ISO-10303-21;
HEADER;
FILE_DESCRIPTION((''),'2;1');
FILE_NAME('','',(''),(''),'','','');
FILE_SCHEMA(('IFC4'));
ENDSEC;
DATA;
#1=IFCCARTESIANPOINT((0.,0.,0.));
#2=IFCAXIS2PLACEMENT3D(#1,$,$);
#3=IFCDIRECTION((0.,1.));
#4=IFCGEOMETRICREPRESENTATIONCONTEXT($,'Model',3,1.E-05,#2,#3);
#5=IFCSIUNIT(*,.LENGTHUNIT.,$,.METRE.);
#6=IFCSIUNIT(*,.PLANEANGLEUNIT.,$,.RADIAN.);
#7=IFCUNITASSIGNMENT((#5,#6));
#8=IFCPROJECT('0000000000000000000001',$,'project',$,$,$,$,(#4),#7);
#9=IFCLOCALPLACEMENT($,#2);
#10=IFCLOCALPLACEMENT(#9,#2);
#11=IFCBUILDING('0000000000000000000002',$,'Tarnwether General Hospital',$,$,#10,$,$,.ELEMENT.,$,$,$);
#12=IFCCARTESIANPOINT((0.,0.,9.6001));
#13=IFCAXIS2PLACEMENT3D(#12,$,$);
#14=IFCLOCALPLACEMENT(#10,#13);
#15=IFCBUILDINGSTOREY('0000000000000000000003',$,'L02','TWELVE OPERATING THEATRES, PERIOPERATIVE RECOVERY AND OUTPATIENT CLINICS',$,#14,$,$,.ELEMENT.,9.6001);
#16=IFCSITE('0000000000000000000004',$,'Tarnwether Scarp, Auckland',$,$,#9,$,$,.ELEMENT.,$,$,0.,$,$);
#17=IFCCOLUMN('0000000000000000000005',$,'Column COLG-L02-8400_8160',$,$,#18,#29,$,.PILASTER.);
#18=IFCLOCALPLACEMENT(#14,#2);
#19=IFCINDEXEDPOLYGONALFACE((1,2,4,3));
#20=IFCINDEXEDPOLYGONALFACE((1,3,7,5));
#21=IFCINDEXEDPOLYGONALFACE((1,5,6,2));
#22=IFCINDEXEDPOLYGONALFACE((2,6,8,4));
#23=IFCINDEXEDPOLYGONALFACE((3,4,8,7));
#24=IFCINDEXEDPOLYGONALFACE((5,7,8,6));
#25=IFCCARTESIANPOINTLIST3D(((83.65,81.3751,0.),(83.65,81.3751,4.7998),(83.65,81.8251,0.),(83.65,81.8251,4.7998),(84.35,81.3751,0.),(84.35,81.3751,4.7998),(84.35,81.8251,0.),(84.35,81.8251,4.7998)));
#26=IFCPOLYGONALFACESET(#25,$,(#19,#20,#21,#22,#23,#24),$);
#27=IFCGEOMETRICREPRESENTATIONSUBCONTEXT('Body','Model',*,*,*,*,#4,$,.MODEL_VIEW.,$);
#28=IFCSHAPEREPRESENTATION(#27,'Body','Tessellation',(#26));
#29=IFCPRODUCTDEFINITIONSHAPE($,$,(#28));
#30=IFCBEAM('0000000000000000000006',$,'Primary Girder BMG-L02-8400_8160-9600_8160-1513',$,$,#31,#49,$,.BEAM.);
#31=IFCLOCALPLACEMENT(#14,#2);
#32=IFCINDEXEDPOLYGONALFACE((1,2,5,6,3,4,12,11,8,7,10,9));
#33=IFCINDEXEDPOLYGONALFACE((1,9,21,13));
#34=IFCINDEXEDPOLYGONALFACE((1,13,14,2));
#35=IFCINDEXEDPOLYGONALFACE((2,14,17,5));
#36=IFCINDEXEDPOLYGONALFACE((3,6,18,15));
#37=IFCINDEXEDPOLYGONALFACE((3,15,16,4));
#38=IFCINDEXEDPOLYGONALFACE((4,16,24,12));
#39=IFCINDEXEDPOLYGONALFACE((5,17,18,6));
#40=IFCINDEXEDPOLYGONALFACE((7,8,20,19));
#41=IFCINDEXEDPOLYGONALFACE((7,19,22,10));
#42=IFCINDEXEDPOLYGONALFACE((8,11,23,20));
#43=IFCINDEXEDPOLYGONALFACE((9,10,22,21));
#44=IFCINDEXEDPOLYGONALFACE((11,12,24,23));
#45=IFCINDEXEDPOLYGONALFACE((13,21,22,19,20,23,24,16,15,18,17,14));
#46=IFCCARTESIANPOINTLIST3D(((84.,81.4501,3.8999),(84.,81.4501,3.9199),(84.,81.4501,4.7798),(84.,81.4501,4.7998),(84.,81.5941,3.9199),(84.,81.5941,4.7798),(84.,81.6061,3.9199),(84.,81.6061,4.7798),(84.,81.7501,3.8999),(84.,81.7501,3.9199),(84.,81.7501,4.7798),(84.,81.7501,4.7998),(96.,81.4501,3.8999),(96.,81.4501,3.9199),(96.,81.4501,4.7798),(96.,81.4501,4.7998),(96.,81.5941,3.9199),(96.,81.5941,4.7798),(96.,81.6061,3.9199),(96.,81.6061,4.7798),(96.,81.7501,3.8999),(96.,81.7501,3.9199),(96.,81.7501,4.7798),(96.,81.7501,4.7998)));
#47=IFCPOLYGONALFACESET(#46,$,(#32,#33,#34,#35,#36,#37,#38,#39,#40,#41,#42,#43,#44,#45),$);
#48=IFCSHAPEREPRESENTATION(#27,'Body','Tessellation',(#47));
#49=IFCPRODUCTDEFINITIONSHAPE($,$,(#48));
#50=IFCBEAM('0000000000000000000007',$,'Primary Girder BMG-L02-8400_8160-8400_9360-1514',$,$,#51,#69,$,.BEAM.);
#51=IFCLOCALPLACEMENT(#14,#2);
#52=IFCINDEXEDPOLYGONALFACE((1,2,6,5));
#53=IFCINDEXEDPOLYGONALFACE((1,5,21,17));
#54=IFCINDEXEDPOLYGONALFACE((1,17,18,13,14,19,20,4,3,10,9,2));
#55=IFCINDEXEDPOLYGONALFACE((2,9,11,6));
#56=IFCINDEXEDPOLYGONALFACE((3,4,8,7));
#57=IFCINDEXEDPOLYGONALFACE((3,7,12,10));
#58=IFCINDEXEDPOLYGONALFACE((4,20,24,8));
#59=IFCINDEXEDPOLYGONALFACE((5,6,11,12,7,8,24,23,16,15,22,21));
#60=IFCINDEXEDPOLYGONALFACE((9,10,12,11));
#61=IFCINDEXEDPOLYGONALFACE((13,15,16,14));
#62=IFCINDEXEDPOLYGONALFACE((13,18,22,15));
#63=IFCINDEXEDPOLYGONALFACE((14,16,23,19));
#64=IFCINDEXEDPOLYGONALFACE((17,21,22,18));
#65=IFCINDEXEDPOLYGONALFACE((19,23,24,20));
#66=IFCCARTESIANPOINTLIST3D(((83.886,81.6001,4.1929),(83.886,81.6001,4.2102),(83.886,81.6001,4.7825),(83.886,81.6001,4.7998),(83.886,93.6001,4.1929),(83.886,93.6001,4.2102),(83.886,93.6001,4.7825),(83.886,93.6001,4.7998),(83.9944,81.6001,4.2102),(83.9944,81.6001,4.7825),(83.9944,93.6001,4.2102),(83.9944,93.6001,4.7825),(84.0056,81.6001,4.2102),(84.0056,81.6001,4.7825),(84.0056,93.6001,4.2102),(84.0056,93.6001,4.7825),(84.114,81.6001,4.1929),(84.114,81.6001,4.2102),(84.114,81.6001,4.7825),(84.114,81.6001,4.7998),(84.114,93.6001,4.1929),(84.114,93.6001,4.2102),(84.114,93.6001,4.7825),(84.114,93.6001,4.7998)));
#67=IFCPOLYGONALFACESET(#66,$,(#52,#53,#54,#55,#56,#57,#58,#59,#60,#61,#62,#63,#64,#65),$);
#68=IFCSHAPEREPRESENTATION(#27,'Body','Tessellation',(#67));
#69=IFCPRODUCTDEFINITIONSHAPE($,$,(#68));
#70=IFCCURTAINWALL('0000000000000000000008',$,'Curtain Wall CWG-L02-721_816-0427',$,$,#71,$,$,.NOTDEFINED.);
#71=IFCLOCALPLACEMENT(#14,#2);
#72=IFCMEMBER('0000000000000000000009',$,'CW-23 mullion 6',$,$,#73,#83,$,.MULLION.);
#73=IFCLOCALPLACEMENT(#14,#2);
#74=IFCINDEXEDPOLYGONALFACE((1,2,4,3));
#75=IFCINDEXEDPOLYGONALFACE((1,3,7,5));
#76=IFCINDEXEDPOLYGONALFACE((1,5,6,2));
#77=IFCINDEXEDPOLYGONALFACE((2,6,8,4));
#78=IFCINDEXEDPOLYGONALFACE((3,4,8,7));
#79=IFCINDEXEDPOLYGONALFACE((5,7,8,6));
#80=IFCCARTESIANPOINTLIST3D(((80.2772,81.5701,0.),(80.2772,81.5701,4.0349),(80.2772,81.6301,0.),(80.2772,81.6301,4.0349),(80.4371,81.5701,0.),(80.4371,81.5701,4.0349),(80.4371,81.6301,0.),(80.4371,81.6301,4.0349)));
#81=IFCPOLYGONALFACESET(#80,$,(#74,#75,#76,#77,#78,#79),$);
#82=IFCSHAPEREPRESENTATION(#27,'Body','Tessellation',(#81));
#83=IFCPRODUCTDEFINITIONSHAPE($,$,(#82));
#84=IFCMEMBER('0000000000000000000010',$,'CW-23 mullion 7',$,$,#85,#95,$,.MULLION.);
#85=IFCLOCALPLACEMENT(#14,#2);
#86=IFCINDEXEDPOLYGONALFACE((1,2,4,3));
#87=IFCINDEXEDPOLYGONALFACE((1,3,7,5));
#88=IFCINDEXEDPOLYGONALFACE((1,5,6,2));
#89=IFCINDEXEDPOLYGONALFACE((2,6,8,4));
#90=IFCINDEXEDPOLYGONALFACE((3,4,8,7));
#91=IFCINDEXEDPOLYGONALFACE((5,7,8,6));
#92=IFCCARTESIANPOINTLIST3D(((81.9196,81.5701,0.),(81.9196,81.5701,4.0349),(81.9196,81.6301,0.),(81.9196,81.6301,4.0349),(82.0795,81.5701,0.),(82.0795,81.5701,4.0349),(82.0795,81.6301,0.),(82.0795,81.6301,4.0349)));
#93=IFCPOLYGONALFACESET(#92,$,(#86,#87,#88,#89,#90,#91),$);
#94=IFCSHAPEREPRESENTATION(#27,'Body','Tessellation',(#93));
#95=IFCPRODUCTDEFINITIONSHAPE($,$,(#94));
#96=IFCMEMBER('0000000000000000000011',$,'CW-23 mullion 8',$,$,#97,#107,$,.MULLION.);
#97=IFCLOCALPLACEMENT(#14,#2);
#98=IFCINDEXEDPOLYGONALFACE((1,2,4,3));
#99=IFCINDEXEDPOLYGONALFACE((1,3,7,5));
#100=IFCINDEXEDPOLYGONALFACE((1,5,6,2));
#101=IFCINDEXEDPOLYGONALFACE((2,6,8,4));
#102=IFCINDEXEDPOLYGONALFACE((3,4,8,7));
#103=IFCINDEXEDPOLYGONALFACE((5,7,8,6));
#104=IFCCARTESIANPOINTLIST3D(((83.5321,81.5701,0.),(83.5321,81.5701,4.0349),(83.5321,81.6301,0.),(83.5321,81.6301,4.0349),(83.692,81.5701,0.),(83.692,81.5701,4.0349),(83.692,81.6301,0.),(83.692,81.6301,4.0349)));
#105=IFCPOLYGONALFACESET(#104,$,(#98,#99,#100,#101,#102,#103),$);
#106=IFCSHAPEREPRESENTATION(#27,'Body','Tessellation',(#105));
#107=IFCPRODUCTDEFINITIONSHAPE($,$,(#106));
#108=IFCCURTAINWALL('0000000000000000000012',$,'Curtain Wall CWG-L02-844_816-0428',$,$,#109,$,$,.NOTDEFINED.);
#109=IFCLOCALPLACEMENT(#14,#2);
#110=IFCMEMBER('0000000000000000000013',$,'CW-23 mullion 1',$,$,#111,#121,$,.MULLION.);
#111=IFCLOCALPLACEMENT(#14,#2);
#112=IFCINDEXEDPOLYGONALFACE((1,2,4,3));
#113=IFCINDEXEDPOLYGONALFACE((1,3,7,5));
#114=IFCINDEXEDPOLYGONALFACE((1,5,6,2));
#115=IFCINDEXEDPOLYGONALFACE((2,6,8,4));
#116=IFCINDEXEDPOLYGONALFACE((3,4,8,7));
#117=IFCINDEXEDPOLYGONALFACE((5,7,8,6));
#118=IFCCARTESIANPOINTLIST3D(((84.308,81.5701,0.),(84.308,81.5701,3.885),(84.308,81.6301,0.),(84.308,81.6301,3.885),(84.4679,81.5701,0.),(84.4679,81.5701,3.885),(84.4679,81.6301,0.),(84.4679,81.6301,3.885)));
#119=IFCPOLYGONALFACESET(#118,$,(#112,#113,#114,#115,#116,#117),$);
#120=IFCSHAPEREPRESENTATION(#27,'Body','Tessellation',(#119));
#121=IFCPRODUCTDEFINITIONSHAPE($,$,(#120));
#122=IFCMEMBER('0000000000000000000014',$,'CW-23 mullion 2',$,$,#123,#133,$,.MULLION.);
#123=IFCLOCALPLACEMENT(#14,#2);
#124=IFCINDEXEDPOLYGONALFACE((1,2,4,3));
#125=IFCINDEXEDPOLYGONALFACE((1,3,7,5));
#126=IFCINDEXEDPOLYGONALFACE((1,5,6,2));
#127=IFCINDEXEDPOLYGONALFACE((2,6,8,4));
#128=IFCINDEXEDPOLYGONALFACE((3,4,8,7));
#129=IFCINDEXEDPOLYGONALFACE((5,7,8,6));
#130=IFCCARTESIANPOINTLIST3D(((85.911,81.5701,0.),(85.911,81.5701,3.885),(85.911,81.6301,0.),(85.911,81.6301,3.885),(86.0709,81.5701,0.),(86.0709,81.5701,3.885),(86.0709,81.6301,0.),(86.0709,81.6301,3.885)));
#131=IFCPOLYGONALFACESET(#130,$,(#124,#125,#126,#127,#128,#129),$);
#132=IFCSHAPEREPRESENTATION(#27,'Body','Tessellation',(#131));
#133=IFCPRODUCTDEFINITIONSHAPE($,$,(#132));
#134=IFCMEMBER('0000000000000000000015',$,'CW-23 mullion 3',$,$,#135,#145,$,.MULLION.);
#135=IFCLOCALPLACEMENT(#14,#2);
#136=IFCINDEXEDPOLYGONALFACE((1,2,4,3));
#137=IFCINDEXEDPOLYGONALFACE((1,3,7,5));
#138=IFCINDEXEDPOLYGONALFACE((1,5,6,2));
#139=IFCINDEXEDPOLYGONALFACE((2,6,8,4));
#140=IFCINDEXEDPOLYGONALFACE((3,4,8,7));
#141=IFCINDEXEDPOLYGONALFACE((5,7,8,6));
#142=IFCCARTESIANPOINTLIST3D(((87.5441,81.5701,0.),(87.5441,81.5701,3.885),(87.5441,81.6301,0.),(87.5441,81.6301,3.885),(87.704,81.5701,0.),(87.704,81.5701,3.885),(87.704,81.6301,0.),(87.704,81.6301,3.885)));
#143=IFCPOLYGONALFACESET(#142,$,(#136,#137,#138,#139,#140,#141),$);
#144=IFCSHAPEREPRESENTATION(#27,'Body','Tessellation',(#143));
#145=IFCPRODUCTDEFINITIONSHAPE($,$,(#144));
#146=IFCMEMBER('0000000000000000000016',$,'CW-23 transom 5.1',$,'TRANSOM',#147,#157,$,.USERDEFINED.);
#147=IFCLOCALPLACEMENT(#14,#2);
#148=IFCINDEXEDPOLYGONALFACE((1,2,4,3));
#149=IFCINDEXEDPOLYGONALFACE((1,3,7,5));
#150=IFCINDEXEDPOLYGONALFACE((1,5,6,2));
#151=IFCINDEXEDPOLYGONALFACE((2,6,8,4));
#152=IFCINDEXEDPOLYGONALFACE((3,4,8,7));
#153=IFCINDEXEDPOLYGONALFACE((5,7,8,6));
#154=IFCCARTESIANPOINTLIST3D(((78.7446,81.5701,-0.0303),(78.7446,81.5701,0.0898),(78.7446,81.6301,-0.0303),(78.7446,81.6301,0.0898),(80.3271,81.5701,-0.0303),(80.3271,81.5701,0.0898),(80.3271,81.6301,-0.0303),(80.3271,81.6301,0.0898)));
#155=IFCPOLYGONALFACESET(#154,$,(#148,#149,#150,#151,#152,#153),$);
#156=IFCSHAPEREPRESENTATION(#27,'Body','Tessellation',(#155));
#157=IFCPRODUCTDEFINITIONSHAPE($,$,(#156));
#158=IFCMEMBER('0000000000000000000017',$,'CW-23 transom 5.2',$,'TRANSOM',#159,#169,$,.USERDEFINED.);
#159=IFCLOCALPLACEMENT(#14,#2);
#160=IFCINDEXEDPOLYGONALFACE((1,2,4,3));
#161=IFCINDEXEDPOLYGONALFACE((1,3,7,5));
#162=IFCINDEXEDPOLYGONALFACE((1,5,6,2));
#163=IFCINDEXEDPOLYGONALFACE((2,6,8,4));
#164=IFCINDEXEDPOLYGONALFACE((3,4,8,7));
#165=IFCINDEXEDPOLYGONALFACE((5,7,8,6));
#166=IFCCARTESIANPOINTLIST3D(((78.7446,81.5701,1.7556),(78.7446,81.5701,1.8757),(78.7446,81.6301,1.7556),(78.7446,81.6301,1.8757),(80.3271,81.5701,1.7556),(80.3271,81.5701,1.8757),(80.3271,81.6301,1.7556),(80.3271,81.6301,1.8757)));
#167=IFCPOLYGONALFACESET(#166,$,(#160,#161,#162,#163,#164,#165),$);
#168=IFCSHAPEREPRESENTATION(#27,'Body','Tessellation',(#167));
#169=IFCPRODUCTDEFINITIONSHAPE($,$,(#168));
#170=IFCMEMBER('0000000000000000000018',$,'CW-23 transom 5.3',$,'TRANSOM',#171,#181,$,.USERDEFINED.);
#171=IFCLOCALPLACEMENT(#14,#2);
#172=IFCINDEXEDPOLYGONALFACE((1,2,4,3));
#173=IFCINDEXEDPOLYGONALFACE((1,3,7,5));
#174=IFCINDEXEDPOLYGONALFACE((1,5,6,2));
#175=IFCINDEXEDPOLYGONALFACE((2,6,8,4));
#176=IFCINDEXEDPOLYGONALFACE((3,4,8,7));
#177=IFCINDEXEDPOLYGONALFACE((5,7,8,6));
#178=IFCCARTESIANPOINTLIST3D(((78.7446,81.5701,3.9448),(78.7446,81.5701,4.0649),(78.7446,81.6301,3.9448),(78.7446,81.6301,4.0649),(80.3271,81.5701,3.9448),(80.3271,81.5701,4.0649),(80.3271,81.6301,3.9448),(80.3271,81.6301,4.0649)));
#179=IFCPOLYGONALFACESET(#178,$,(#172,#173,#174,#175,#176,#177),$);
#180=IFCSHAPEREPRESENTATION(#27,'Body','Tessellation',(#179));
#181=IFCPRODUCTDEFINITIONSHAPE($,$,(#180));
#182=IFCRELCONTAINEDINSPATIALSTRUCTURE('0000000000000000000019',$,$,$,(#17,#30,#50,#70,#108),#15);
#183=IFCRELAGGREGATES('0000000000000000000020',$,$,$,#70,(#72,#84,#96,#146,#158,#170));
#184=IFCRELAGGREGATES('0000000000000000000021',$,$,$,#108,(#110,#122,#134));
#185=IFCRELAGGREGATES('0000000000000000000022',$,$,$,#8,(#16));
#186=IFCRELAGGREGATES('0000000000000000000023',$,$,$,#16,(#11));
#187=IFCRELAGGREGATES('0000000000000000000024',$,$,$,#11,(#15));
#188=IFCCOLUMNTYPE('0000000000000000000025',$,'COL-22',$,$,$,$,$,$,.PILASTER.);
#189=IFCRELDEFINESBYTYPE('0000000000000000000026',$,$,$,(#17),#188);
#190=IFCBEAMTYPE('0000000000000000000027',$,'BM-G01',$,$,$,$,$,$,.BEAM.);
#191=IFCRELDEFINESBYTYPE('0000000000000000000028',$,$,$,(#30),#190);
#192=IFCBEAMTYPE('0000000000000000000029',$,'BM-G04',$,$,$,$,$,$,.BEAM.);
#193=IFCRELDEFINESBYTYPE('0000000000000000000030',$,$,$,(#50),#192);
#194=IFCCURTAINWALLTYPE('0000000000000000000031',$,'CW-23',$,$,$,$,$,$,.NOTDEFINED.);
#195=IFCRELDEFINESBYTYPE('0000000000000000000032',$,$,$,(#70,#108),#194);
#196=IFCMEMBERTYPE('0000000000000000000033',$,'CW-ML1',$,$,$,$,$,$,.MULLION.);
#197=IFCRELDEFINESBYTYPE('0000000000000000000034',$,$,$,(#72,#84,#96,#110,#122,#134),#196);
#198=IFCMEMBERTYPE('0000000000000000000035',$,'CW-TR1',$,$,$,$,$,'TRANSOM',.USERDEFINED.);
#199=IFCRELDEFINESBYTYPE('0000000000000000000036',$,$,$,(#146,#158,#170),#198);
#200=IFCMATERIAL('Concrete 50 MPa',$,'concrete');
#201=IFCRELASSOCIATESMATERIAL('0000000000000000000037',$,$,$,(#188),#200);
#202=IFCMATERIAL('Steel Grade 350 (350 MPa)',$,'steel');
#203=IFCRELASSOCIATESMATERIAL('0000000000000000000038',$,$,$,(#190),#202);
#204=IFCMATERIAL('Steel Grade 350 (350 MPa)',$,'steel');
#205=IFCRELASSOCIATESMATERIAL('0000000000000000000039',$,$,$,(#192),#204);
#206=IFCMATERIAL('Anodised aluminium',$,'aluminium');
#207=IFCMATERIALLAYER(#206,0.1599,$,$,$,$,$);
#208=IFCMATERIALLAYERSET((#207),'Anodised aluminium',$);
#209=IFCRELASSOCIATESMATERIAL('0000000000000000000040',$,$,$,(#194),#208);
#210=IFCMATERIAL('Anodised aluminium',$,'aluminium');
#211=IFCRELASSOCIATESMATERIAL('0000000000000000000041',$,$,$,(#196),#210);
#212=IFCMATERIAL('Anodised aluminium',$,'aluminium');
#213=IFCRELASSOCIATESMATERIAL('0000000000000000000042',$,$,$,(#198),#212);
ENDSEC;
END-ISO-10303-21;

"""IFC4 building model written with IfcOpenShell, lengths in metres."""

from ifc_helpers import new_model, si_unit, direction, frame, origin, origin_2d, place, context, subcontext, project, spatial, rectangle, i_section, extrude, material, layer, layer_set, material_profile, profile_set, type_object, element, aggregate, save


model = new_model("IFC4")

# Units and contexts
model_context = context("Model", 3, precision=1e-05, world=origin(), true_north=direction((0.0, 1.0)))
body_context = subcontext(model_context, "Body", "Model", "MODEL_VIEW")
ifc_project = project(units=[si_unit("LENGTHUNIT", "METRE"), si_unit("PLANEANGLEUNIT", "RADIAN")], contexts=[model_context])

# Site, building, storey
site_placement = place(None, origin())
site = spatial("IfcSite", under=ifc_project, at=site_placement, Name="Tarnwether Scarp, Auckland", CompositionType="ELEMENT", RefElevation=0.0)
building_placement = place(site_placement, origin())
building = spatial("IfcBuilding", under=site, at=building_placement, Name="Tarnwether General Hospital", CompositionType="ELEMENT")
storey_placement = place(building_placement, frame((0.0, 0.0, 9.6001)))
storey = spatial("IfcBuildingStorey", under=building, at=storey_placement, Name="L02", Description="TWELVE OPERATING THEATRES, PERIOPERATIVE RECOVERY AND OUTPATIENT CLINICS", CompositionType="ELEMENT", Elevation=9.6001)

# Column
ifc_material_1 = material(Name="Concrete 50 MPa", Category="concrete")
ifc_material_profile_1 = material_profile(ifc_material_1, rectangle(XDim=0.45, YDim=0.7, at=origin_2d()), Name="RC-PIL-450x700")
ifc_profile_set_1 = profile_set([ifc_material_profile_1], Name="Concrete 50 MPa")
column_type = type_object("IfcColumnType", Name="COL-22", PredefinedType="PILASTER", material=ifc_profile_set_1)
column_placement = place(storey_placement, frame((84.0, 81.6001, 0.0), z_axis=(0.0, 0.0, 1.0), x_axis=(0.0, 1.0, 0.0)))
element("IfcColumn", 1, at=column_placement, inside=storey, type_object=column_type, Name="Column COLG-L02-8400_8160", PredefinedType="PILASTER", context=body_context, shape_type="SweptSolid", body=[
    extrude(rectangle(XDim=0.45, YDim=0.7, at=origin_2d()), origin(), (0.0, 0.0, 1.0), 4.7998),
])

# Beams
ifc_material_2 = material(Name="Steel Grade 350 (350 MPa)", Category="steel")
ifc_material_profile_2 = material_profile(ifc_material_2, i_section(OverallWidth=0.3, OverallDepth=0.8999, WebThickness=0.012, FlangeThickness=0.02, at=origin_2d()), Name="900WB175")
ifc_profile_set_2 = profile_set([ifc_material_profile_2], Name="Steel Grade 350 (350 MPa)")
beam_type_1 = type_object("IfcBeamType", Name="BM-G01", PredefinedType="BEAM", material=ifc_profile_set_2)
beam_1_placement = place(storey_placement, frame((84.0, 81.6001, 4.3499), z_axis=(1.0, 0.0, 0.0), x_axis=(0.0, 1.0, 0.0)))
element("IfcBeam", 2, at=beam_1_placement, inside=storey, type_object=beam_type_1, Name="Primary Girder BMG-L02-8400_8160-9600_8160-1513", PredefinedType="BEAM", context=body_context, shape_type="SweptSolid", body=[
    extrude(i_section(OverallWidth=0.3, OverallDepth=0.8999, WebThickness=0.012, FlangeThickness=0.02, at=origin_2d()), origin(), (0.0, 0.0, 1.0), 12.0),
])
ifc_material_3 = material(Name="Steel Grade 350 (350 MPa)", Category="steel")
ifc_material_profile_3 = material_profile(ifc_material_3, i_section(OverallWidth=0.228, OverallDepth=0.6069, WebThickness=0.0112, FlangeThickness=0.0173, at=origin_2d()), Name="610UB113")
ifc_profile_set_3 = profile_set([ifc_material_profile_3], Name="Steel Grade 350 (350 MPa)")
beam_type_2 = type_object("IfcBeamType", Name="BM-G04", PredefinedType="BEAM", material=ifc_profile_set_3)
beam_2_placement = place(storey_placement, frame((84.0, 81.6001, 4.4963), z_axis=(0.0, 1.0, 0.0), x_axis=(-1.0, 0.0, 0.0)))
element("IfcBeam", 3, at=beam_2_placement, inside=storey, type_object=beam_type_2, Name="Primary Girder BMG-L02-8400_8160-8400_9360-1514", PredefinedType="BEAM", context=body_context, shape_type="SweptSolid", body=[
    extrude(i_section(OverallWidth=0.228, OverallDepth=0.6069, WebThickness=0.0112, FlangeThickness=0.0173, at=origin_2d()), origin(), (0.0, 0.0, 1.0), 12.0),
])

# Curtain walls, members
ifc_material_4 = material(Name="Anodised aluminium", Category="aluminium")
ifc_layer_1 = layer(ifc_material_4, 0.1599)
ifc_layer_set_1 = layer_set([ifc_layer_1], Name="Anodised aluminium")
curtain_wall_type = type_object("IfcCurtainWallType", Name="CW-23", PredefinedType="NOTDEFINED", material=ifc_layer_set_1)
curtain_wall_1_placement = place(storey_placement, origin())
curtain_wall_1 = element("IfcCurtainWall", 4, at=curtain_wall_1_placement, inside=storey, type_object=curtain_wall_type, Name="Curtain Wall CWG-L02-721_816-0427", PredefinedType="NOTDEFINED")
ifc_material_5 = material(Name="Anodised aluminium", Category="aluminium")
ifc_material_profile_4 = material_profile(ifc_material_5, rectangle(XDim=0.0601, YDim=0.1599, at=origin_2d()), Name="ALU-MUL-60x160")
ifc_profile_set_4 = profile_set([ifc_material_profile_4], Name="Anodised aluminium")
member_type_1 = type_object("IfcMemberType", Name="CW-ML1", PredefinedType="MULLION", material=ifc_profile_set_4)
member_1_placement = place(storey_placement, frame((80.3572, 81.6001, 0.0), z_axis=(0.0, 0.0, 1.0), x_axis=(0.0, 1.0, 0.0)))
member_1 = element("IfcMember", 5, at=member_1_placement, type_object=member_type_1, Name="CW-23 mullion 6", PredefinedType="MULLION", context=body_context, shape_type="SweptSolid", body=[
    extrude(rectangle(XDim=0.0601, YDim=0.1599, at=origin_2d()), origin(), (0.0, 0.0, 1.0), 4.0349),
])
member_2_placement = place(storey_placement, frame((81.9995, 81.6001, 0.0), z_axis=(0.0, 0.0, 1.0), x_axis=(0.0, 1.0, 0.0)))
member_2 = element("IfcMember", 6, at=member_2_placement, type_object=member_type_1, Name="CW-23 mullion 7", PredefinedType="MULLION", context=body_context, shape_type="SweptSolid", body=[
    extrude(rectangle(XDim=0.0601, YDim=0.1599, at=origin_2d()), origin(), (0.0, 0.0, 1.0), 4.0349),
])
member_3_placement = place(storey_placement, frame((83.6121, 81.6001, 0.0), z_axis=(0.0, 0.0, 1.0), x_axis=(0.0, 1.0, 0.0)))
member_3 = element("IfcMember", 7, at=member_3_placement, type_object=member_type_1, Name="CW-23 mullion 8", PredefinedType="MULLION", context=body_context, shape_type="SweptSolid", body=[
    extrude(rectangle(XDim=0.0601, YDim=0.1599, at=origin_2d()), origin(), (0.0, 0.0, 1.0), 4.0349),
])
curtain_wall_2_placement = place(storey_placement, origin())
curtain_wall_2 = element("IfcCurtainWall", 8, at=curtain_wall_2_placement, inside=storey, type_object=curtain_wall_type, Name="Curtain Wall CWG-L02-844_816-0428", PredefinedType="NOTDEFINED")
member_4_placement = place(storey_placement, frame((84.3879, 81.6001, 0.0), z_axis=(0.0, 0.0, 1.0), x_axis=(0.0, 1.0, 0.0)))
member_4 = element("IfcMember", 9, at=member_4_placement, type_object=member_type_1, Name="CW-23 mullion 1", PredefinedType="MULLION", context=body_context, shape_type="SweptSolid", body=[
    extrude(rectangle(XDim=0.0601, YDim=0.1599, at=origin_2d()), origin(), (0.0, 0.0, 1.0), 3.885),
])
member_5_placement = place(storey_placement, frame((85.991, 81.6001, 0.0), z_axis=(0.0, 0.0, 1.0), x_axis=(0.0, 1.0, 0.0)))
member_5 = element("IfcMember", 10, at=member_5_placement, type_object=member_type_1, Name="CW-23 mullion 2", PredefinedType="MULLION", context=body_context, shape_type="SweptSolid", body=[
    extrude(rectangle(XDim=0.0601, YDim=0.1599, at=origin_2d()), origin(), (0.0, 0.0, 1.0), 3.885),
])
member_6_placement = place(storey_placement, frame((87.624, 81.6001, 0.0), z_axis=(0.0, 0.0, 1.0), x_axis=(0.0, 1.0, 0.0)))
member_6 = element("IfcMember", 11, at=member_6_placement, type_object=member_type_1, Name="CW-23 mullion 3", PredefinedType="MULLION", context=body_context, shape_type="SweptSolid", body=[
    extrude(rectangle(XDim=0.0601, YDim=0.1599, at=origin_2d()), origin(), (0.0, 0.0, 1.0), 3.885),
])

# Members
ifc_material_6 = material(Name="Anodised aluminium", Category="aluminium")
ifc_material_profile_5 = material_profile(ifc_material_6, rectangle(XDim=0.0601, YDim=0.1201, at=origin_2d()), Name="ALU-TRN-60x120")
ifc_profile_set_5 = profile_set([ifc_material_profile_5], Name="Anodised aluminium")
member_type_2 = type_object("IfcMemberType", Name="CW-TR1", ElementType="TRANSOM", PredefinedType="USERDEFINED", material=ifc_profile_set_5)
member_7_placement = place(storey_placement, frame((78.7446, 81.6001, 0.0298), z_axis=(1.0, 0.0, 0.0), x_axis=(0.0, 1.0, 0.0)))
member_7 = element("IfcMember", 12, at=member_7_placement, type_object=member_type_2, Name="CW-23 transom 5.1", ObjectType="TRANSOM", PredefinedType="USERDEFINED", context=body_context, shape_type="SweptSolid", body=[
    extrude(rectangle(XDim=0.0601, YDim=0.1201, at=origin_2d()), origin(), (0.0, 0.0, 1.0), 1.5825),
])
member_8_placement = place(storey_placement, frame((78.7446, 81.6001, 1.8157), z_axis=(1.0, 0.0, 0.0), x_axis=(0.0, 1.0, 0.0)))
member_8 = element("IfcMember", 13, at=member_8_placement, type_object=member_type_2, Name="CW-23 transom 5.2", ObjectType="TRANSOM", PredefinedType="USERDEFINED", context=body_context, shape_type="SweptSolid", body=[
    extrude(rectangle(XDim=0.0601, YDim=0.1201, at=origin_2d()), origin(), (0.0, 0.0, 1.0), 1.5825),
])
member_9_placement = place(storey_placement, frame((78.7446, 81.6001, 4.0049), z_axis=(1.0, 0.0, 0.0), x_axis=(0.0, 1.0, 0.0)))
member_9 = element("IfcMember", 14, at=member_9_placement, type_object=member_type_2, Name="CW-23 transom 5.3", ObjectType="TRANSOM", PredefinedType="USERDEFINED", context=body_context, shape_type="SweptSolid", body=[
    extrude(rectangle(XDim=0.0601, YDim=0.1201, at=origin_2d()), origin(), (0.0, 0.0, 1.0), 1.5825),
])

aggregate(curtain_wall_1, [member_1, member_2, member_3, member_7, member_8, member_9])
aggregate(curtain_wall_2, [member_4, member_5, member_6])

save(model, "model.ifc")
